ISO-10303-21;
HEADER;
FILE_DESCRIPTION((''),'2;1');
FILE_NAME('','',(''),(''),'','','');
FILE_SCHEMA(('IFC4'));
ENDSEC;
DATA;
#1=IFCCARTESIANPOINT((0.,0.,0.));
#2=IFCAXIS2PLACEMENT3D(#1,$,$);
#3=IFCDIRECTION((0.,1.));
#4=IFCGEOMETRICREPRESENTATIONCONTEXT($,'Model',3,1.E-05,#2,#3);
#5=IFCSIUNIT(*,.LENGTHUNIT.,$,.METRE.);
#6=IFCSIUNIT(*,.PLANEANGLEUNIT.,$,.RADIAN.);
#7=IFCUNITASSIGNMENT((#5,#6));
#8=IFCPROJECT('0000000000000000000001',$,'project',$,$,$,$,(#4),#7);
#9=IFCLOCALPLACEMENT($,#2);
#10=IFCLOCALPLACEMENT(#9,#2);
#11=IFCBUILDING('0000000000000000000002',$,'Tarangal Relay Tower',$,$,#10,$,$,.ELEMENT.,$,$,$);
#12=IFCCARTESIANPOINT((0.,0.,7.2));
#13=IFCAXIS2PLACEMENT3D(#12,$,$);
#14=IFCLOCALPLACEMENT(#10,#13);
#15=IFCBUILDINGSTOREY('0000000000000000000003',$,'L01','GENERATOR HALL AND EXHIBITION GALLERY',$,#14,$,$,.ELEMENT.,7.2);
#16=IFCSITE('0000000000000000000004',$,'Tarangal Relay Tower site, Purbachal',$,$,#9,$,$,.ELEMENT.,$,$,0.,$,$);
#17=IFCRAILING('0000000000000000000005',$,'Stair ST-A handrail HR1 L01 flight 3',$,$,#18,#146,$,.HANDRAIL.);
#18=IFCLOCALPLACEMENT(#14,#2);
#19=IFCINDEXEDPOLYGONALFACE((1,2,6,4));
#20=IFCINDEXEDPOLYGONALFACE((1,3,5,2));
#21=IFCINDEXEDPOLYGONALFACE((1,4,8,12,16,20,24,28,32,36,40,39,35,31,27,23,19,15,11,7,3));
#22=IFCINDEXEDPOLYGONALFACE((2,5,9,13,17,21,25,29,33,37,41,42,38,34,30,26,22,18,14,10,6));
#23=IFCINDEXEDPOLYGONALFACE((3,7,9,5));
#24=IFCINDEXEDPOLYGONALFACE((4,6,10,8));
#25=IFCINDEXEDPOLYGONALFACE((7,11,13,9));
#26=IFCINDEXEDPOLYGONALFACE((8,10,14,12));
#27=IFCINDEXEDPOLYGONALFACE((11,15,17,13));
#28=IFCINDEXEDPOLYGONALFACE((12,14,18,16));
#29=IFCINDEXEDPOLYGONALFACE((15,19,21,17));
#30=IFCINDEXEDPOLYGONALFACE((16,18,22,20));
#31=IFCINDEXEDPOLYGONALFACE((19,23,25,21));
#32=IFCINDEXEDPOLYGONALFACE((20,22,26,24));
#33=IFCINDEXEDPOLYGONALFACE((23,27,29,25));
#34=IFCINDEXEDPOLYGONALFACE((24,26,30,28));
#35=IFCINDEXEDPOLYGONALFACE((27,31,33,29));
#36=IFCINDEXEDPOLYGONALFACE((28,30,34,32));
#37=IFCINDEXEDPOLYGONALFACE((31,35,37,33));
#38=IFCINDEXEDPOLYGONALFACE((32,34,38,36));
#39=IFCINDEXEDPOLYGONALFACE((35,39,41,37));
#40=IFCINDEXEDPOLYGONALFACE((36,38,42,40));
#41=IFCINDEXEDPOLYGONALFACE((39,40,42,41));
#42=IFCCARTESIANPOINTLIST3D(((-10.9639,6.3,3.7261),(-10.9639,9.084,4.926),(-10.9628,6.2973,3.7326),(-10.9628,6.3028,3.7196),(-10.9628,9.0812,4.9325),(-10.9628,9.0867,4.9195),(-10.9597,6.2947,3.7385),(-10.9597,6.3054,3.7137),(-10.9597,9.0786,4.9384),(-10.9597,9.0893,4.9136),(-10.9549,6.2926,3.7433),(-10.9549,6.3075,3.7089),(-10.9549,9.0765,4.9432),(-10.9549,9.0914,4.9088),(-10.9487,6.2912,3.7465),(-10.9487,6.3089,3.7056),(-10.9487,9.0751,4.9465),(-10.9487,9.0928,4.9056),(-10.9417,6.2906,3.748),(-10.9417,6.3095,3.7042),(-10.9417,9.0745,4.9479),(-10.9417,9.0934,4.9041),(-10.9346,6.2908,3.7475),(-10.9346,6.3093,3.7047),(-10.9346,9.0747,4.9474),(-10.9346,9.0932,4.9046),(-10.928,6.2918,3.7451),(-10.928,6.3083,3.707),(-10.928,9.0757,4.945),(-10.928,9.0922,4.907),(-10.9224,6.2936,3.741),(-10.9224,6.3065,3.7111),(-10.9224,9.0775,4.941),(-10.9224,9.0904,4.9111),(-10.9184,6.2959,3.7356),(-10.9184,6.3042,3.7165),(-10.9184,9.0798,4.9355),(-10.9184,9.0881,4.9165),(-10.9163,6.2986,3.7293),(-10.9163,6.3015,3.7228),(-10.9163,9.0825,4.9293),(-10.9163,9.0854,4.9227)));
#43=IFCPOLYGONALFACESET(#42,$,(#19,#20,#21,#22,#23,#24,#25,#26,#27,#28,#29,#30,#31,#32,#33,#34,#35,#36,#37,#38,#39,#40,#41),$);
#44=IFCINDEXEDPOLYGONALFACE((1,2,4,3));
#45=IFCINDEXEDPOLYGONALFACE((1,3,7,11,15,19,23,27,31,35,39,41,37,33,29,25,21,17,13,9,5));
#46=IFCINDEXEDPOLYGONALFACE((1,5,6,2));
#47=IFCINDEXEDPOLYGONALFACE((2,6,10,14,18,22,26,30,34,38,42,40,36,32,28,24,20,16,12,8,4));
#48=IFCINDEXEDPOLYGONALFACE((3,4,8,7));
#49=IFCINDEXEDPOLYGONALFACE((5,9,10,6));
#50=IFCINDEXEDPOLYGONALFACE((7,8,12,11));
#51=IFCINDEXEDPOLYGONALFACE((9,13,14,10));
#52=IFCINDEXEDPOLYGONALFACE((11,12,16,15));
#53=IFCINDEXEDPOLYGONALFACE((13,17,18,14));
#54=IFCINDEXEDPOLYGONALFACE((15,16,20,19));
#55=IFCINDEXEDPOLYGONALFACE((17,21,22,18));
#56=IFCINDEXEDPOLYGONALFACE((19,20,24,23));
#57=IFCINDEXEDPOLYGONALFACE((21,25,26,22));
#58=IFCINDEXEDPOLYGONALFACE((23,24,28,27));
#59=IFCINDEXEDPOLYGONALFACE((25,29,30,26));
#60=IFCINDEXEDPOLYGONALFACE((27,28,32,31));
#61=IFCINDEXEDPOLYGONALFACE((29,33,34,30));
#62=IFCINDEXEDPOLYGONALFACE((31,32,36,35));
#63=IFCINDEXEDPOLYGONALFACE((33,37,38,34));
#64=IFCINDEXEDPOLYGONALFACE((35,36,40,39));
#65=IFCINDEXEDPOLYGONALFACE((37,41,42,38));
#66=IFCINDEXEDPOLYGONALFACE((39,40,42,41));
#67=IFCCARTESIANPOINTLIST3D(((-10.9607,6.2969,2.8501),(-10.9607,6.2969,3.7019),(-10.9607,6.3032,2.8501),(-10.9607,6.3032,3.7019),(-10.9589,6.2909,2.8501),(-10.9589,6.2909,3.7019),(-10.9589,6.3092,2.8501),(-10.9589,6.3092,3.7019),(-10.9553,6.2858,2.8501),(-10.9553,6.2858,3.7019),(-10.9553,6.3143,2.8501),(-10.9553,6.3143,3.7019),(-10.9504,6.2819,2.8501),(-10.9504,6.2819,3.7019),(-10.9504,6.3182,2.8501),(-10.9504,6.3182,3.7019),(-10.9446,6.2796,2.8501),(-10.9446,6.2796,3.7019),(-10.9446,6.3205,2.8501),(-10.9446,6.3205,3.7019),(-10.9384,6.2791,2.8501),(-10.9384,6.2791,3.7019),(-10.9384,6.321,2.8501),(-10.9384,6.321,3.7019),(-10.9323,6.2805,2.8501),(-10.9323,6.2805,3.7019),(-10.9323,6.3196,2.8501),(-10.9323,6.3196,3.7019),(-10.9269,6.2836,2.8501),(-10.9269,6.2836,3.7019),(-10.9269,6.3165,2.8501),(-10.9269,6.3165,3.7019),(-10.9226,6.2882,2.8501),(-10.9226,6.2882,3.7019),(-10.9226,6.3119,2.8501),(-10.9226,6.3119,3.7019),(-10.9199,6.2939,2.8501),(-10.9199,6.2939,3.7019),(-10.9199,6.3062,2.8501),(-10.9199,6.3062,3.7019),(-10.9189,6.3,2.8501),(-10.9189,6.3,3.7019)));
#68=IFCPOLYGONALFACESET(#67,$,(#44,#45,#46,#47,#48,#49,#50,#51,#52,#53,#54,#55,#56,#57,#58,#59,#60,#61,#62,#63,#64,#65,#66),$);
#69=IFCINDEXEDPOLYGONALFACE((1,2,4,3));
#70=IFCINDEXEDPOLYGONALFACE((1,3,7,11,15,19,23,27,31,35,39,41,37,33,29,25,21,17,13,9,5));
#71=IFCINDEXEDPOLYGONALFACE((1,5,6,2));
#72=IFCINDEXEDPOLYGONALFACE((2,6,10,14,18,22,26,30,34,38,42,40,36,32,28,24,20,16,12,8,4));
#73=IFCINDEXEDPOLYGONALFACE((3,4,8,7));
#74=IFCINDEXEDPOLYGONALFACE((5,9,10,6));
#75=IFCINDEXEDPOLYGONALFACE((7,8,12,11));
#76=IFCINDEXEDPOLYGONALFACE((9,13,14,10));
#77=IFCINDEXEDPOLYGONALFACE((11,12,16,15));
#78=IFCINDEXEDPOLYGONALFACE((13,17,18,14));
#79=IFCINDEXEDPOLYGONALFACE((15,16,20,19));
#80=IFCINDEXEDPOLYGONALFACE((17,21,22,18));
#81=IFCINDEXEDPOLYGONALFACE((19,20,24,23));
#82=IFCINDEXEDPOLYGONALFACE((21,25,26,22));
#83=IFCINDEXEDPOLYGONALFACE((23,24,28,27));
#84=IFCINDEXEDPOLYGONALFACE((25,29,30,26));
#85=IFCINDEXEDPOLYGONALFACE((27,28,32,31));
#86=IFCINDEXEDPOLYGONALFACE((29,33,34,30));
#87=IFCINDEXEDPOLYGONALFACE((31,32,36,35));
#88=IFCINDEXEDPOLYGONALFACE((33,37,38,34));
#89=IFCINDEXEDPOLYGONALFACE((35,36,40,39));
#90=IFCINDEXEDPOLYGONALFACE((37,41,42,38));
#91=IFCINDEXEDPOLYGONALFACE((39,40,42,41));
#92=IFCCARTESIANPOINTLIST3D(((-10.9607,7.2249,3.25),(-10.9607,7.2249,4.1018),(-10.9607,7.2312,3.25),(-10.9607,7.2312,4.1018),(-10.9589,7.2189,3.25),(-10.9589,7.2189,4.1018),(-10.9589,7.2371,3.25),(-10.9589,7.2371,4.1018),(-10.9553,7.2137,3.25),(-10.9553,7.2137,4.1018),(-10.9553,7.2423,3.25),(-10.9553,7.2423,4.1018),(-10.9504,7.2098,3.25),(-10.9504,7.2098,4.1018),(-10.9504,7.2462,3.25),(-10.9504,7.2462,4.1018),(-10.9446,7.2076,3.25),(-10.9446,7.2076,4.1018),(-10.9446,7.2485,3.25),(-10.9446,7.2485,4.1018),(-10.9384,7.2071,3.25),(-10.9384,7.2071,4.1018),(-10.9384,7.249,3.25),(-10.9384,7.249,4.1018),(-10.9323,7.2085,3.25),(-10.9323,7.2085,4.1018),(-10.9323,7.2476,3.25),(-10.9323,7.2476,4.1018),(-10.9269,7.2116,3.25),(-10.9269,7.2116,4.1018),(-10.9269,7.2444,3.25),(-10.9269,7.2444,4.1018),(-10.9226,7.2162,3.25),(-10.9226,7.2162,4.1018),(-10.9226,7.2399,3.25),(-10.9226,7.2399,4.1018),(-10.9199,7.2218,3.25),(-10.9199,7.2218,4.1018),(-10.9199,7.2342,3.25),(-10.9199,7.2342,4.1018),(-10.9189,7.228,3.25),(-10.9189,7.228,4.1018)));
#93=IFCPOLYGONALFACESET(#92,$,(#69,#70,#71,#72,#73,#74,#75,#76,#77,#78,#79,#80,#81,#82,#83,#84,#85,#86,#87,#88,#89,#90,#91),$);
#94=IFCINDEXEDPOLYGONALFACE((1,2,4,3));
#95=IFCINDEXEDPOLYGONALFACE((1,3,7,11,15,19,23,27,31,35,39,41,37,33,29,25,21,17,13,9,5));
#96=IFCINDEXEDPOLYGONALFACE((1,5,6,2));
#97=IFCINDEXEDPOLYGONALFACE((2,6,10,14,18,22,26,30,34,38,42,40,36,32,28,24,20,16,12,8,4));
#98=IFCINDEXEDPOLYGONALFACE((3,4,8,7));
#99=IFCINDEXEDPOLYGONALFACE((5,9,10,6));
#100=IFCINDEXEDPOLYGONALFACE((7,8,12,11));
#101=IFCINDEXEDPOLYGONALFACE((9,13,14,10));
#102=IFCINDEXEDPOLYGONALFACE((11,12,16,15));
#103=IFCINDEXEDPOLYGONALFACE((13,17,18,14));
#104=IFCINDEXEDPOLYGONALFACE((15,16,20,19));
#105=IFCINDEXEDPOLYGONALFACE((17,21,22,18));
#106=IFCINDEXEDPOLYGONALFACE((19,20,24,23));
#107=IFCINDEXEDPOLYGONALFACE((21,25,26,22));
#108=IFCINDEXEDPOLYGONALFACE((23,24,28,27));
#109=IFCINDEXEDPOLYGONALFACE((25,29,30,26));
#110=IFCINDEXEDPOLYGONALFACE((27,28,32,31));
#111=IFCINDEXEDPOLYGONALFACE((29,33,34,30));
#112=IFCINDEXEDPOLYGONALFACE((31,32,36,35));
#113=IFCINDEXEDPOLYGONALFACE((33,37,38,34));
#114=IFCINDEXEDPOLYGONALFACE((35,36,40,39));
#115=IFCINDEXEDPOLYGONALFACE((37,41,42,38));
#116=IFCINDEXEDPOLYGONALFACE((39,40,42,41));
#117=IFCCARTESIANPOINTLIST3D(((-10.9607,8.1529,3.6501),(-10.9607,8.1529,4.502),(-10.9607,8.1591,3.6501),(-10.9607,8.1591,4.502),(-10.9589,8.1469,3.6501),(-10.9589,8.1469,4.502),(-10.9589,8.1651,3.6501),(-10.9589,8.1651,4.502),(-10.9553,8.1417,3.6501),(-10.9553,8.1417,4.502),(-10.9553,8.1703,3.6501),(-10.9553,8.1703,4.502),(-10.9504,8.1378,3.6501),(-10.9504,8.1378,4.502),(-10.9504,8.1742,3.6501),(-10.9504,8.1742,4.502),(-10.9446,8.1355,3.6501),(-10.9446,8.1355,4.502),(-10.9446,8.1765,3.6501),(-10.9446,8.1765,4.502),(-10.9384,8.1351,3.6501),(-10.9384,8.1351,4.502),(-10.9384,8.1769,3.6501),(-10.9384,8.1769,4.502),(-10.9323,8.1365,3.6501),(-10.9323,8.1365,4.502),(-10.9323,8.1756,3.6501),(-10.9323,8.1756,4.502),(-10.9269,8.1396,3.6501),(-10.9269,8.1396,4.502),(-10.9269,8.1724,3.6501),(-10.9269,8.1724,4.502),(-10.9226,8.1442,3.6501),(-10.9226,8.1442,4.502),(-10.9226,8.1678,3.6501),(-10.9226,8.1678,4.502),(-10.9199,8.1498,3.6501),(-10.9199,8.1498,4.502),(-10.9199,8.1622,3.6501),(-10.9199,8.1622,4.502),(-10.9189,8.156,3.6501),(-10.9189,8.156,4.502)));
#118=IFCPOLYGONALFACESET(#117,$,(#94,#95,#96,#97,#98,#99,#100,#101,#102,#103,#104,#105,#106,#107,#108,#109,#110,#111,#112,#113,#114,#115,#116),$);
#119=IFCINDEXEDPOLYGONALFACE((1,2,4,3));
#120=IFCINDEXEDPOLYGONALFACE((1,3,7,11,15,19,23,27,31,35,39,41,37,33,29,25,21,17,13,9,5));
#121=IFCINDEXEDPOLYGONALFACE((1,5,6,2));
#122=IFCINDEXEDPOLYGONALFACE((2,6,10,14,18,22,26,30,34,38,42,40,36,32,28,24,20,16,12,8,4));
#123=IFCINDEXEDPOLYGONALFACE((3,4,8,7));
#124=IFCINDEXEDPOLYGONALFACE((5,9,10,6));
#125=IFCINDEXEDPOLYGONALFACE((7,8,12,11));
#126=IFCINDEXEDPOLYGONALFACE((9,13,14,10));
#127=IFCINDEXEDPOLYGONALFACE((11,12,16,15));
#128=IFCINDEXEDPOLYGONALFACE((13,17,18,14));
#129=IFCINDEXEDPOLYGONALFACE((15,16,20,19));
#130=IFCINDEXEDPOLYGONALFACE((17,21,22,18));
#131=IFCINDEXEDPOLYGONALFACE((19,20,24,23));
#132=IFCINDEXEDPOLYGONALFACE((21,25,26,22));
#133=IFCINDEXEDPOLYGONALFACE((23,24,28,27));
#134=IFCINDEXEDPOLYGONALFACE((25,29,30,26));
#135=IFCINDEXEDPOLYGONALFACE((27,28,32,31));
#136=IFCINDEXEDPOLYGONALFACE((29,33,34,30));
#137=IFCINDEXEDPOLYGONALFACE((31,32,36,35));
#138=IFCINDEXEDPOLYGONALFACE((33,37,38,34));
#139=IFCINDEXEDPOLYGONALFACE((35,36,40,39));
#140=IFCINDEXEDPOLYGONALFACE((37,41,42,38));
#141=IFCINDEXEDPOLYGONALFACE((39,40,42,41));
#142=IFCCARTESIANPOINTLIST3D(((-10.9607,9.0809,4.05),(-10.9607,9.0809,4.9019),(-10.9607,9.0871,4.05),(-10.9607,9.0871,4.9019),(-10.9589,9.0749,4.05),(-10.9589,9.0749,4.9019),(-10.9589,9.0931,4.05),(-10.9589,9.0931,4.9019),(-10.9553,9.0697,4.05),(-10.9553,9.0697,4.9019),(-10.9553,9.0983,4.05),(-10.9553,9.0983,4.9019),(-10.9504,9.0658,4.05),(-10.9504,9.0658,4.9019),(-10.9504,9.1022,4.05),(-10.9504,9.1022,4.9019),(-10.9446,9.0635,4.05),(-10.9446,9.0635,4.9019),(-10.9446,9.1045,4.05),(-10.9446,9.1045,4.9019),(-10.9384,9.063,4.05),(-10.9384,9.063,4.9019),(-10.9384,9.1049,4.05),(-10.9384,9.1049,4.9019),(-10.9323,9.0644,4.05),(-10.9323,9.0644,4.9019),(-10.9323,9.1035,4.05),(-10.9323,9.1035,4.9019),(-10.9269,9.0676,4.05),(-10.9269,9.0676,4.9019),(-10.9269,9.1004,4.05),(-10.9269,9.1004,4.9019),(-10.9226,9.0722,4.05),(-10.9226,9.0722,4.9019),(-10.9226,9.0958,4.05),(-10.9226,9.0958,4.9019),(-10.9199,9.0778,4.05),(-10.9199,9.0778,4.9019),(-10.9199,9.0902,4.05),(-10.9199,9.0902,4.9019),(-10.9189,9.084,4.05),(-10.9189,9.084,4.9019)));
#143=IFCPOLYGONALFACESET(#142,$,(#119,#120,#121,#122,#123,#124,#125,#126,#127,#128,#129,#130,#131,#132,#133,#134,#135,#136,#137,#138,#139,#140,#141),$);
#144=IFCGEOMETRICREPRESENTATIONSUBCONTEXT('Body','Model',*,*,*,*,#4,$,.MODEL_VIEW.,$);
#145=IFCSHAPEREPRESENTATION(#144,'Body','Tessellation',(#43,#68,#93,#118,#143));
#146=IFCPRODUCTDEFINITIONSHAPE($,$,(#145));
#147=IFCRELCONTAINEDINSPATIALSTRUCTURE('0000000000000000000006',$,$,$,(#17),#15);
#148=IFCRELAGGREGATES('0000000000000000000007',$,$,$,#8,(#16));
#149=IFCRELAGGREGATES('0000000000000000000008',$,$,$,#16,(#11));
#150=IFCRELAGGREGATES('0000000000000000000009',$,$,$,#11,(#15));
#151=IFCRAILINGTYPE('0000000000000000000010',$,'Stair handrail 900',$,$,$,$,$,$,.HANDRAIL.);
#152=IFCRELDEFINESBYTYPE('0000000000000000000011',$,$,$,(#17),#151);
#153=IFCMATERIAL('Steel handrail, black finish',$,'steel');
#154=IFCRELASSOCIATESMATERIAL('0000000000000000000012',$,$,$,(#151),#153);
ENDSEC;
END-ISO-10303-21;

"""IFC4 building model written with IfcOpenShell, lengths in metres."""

from ifc_helpers import new_model, si_unit, direction, frame, origin, origin_2d, place, context, subcontext, project, spatial, circle, extrude, material, type_object, element, save


model = new_model("IFC4")

# Units and contexts
model_context = context("Model", 3, precision=1e-05, world=origin(), true_north=direction((0.0, 1.0)))
body_context = subcontext(model_context, "Body", "Model", "MODEL_VIEW")
ifc_project = project(units=[si_unit("LENGTHUNIT", "METRE"), si_unit("PLANEANGLEUNIT", "RADIAN")], contexts=[model_context])

# Site, building, storey
site_placement = place(None, origin())
site = spatial("IfcSite", under=ifc_project, at=site_placement, Name="Tarangal Relay Tower site, Purbachal", CompositionType="ELEMENT", RefElevation=0.0)
building_placement = place(site_placement, origin())
building = spatial("IfcBuilding", under=site, at=building_placement, Name="Tarangal Relay Tower", CompositionType="ELEMENT")
storey_placement = place(building_placement, frame((0.0, 0.0, 7.2)))
storey = spatial("IfcBuildingStorey", under=building, at=storey_placement, Name="L01", Description="GENERATOR HALL AND EXHIBITION GALLERY", CompositionType="ELEMENT", Elevation=7.2)

# Railing
ifc_material_1 = material(Name="Steel handrail, black finish", Category="steel")
railing_type_1 = type_object("IfcRailingType", Name="Stair handrail 900", PredefinedType="HANDRAIL", material=ifc_material_1)
for number, where, name in (
    (1, (-10.9399, 6.3, 2.8501), "Stair ST-A handrail HR1 L01 flight 3"),
):
    element("IfcRailing", number, at=place(storey_placement, frame(where)), inside=storey, type_object=railing_type_1, Name=name, PredefinedType="HANDRAIL", context=body_context, shape_type="SweptSolid", body=[
        extrude(circle(Radius=0.0239, at=origin_2d()), frame((0.0, 0.0, 0.876), z_axis=(0.0, 0.918327, 0.395823), x_axis=(-1.0, 0.0, 0.0)), (0.0, 0.0, 1.0), 3.0315),
        extrude(circle(Radius=0.021, at=origin_2d()), origin(), (0.0, 0.0, 1.0), 0.8518),
        extrude(circle(Radius=0.021, at=origin_2d()), frame((0.0, 0.928, 0.3999)), (0.0, 0.0, 1.0), 0.8518),
        extrude(circle(Radius=0.021, at=origin_2d()), frame((0.0, 1.856, 0.8)), (0.0, 0.0, 1.0), 0.8518),
        extrude(circle(Radius=0.021, at=origin_2d()), frame((0.0, 2.7839, 1.2)), (0.0, 0.0, 1.0), 0.8518),
    ])

save(model, "model.ifc")
